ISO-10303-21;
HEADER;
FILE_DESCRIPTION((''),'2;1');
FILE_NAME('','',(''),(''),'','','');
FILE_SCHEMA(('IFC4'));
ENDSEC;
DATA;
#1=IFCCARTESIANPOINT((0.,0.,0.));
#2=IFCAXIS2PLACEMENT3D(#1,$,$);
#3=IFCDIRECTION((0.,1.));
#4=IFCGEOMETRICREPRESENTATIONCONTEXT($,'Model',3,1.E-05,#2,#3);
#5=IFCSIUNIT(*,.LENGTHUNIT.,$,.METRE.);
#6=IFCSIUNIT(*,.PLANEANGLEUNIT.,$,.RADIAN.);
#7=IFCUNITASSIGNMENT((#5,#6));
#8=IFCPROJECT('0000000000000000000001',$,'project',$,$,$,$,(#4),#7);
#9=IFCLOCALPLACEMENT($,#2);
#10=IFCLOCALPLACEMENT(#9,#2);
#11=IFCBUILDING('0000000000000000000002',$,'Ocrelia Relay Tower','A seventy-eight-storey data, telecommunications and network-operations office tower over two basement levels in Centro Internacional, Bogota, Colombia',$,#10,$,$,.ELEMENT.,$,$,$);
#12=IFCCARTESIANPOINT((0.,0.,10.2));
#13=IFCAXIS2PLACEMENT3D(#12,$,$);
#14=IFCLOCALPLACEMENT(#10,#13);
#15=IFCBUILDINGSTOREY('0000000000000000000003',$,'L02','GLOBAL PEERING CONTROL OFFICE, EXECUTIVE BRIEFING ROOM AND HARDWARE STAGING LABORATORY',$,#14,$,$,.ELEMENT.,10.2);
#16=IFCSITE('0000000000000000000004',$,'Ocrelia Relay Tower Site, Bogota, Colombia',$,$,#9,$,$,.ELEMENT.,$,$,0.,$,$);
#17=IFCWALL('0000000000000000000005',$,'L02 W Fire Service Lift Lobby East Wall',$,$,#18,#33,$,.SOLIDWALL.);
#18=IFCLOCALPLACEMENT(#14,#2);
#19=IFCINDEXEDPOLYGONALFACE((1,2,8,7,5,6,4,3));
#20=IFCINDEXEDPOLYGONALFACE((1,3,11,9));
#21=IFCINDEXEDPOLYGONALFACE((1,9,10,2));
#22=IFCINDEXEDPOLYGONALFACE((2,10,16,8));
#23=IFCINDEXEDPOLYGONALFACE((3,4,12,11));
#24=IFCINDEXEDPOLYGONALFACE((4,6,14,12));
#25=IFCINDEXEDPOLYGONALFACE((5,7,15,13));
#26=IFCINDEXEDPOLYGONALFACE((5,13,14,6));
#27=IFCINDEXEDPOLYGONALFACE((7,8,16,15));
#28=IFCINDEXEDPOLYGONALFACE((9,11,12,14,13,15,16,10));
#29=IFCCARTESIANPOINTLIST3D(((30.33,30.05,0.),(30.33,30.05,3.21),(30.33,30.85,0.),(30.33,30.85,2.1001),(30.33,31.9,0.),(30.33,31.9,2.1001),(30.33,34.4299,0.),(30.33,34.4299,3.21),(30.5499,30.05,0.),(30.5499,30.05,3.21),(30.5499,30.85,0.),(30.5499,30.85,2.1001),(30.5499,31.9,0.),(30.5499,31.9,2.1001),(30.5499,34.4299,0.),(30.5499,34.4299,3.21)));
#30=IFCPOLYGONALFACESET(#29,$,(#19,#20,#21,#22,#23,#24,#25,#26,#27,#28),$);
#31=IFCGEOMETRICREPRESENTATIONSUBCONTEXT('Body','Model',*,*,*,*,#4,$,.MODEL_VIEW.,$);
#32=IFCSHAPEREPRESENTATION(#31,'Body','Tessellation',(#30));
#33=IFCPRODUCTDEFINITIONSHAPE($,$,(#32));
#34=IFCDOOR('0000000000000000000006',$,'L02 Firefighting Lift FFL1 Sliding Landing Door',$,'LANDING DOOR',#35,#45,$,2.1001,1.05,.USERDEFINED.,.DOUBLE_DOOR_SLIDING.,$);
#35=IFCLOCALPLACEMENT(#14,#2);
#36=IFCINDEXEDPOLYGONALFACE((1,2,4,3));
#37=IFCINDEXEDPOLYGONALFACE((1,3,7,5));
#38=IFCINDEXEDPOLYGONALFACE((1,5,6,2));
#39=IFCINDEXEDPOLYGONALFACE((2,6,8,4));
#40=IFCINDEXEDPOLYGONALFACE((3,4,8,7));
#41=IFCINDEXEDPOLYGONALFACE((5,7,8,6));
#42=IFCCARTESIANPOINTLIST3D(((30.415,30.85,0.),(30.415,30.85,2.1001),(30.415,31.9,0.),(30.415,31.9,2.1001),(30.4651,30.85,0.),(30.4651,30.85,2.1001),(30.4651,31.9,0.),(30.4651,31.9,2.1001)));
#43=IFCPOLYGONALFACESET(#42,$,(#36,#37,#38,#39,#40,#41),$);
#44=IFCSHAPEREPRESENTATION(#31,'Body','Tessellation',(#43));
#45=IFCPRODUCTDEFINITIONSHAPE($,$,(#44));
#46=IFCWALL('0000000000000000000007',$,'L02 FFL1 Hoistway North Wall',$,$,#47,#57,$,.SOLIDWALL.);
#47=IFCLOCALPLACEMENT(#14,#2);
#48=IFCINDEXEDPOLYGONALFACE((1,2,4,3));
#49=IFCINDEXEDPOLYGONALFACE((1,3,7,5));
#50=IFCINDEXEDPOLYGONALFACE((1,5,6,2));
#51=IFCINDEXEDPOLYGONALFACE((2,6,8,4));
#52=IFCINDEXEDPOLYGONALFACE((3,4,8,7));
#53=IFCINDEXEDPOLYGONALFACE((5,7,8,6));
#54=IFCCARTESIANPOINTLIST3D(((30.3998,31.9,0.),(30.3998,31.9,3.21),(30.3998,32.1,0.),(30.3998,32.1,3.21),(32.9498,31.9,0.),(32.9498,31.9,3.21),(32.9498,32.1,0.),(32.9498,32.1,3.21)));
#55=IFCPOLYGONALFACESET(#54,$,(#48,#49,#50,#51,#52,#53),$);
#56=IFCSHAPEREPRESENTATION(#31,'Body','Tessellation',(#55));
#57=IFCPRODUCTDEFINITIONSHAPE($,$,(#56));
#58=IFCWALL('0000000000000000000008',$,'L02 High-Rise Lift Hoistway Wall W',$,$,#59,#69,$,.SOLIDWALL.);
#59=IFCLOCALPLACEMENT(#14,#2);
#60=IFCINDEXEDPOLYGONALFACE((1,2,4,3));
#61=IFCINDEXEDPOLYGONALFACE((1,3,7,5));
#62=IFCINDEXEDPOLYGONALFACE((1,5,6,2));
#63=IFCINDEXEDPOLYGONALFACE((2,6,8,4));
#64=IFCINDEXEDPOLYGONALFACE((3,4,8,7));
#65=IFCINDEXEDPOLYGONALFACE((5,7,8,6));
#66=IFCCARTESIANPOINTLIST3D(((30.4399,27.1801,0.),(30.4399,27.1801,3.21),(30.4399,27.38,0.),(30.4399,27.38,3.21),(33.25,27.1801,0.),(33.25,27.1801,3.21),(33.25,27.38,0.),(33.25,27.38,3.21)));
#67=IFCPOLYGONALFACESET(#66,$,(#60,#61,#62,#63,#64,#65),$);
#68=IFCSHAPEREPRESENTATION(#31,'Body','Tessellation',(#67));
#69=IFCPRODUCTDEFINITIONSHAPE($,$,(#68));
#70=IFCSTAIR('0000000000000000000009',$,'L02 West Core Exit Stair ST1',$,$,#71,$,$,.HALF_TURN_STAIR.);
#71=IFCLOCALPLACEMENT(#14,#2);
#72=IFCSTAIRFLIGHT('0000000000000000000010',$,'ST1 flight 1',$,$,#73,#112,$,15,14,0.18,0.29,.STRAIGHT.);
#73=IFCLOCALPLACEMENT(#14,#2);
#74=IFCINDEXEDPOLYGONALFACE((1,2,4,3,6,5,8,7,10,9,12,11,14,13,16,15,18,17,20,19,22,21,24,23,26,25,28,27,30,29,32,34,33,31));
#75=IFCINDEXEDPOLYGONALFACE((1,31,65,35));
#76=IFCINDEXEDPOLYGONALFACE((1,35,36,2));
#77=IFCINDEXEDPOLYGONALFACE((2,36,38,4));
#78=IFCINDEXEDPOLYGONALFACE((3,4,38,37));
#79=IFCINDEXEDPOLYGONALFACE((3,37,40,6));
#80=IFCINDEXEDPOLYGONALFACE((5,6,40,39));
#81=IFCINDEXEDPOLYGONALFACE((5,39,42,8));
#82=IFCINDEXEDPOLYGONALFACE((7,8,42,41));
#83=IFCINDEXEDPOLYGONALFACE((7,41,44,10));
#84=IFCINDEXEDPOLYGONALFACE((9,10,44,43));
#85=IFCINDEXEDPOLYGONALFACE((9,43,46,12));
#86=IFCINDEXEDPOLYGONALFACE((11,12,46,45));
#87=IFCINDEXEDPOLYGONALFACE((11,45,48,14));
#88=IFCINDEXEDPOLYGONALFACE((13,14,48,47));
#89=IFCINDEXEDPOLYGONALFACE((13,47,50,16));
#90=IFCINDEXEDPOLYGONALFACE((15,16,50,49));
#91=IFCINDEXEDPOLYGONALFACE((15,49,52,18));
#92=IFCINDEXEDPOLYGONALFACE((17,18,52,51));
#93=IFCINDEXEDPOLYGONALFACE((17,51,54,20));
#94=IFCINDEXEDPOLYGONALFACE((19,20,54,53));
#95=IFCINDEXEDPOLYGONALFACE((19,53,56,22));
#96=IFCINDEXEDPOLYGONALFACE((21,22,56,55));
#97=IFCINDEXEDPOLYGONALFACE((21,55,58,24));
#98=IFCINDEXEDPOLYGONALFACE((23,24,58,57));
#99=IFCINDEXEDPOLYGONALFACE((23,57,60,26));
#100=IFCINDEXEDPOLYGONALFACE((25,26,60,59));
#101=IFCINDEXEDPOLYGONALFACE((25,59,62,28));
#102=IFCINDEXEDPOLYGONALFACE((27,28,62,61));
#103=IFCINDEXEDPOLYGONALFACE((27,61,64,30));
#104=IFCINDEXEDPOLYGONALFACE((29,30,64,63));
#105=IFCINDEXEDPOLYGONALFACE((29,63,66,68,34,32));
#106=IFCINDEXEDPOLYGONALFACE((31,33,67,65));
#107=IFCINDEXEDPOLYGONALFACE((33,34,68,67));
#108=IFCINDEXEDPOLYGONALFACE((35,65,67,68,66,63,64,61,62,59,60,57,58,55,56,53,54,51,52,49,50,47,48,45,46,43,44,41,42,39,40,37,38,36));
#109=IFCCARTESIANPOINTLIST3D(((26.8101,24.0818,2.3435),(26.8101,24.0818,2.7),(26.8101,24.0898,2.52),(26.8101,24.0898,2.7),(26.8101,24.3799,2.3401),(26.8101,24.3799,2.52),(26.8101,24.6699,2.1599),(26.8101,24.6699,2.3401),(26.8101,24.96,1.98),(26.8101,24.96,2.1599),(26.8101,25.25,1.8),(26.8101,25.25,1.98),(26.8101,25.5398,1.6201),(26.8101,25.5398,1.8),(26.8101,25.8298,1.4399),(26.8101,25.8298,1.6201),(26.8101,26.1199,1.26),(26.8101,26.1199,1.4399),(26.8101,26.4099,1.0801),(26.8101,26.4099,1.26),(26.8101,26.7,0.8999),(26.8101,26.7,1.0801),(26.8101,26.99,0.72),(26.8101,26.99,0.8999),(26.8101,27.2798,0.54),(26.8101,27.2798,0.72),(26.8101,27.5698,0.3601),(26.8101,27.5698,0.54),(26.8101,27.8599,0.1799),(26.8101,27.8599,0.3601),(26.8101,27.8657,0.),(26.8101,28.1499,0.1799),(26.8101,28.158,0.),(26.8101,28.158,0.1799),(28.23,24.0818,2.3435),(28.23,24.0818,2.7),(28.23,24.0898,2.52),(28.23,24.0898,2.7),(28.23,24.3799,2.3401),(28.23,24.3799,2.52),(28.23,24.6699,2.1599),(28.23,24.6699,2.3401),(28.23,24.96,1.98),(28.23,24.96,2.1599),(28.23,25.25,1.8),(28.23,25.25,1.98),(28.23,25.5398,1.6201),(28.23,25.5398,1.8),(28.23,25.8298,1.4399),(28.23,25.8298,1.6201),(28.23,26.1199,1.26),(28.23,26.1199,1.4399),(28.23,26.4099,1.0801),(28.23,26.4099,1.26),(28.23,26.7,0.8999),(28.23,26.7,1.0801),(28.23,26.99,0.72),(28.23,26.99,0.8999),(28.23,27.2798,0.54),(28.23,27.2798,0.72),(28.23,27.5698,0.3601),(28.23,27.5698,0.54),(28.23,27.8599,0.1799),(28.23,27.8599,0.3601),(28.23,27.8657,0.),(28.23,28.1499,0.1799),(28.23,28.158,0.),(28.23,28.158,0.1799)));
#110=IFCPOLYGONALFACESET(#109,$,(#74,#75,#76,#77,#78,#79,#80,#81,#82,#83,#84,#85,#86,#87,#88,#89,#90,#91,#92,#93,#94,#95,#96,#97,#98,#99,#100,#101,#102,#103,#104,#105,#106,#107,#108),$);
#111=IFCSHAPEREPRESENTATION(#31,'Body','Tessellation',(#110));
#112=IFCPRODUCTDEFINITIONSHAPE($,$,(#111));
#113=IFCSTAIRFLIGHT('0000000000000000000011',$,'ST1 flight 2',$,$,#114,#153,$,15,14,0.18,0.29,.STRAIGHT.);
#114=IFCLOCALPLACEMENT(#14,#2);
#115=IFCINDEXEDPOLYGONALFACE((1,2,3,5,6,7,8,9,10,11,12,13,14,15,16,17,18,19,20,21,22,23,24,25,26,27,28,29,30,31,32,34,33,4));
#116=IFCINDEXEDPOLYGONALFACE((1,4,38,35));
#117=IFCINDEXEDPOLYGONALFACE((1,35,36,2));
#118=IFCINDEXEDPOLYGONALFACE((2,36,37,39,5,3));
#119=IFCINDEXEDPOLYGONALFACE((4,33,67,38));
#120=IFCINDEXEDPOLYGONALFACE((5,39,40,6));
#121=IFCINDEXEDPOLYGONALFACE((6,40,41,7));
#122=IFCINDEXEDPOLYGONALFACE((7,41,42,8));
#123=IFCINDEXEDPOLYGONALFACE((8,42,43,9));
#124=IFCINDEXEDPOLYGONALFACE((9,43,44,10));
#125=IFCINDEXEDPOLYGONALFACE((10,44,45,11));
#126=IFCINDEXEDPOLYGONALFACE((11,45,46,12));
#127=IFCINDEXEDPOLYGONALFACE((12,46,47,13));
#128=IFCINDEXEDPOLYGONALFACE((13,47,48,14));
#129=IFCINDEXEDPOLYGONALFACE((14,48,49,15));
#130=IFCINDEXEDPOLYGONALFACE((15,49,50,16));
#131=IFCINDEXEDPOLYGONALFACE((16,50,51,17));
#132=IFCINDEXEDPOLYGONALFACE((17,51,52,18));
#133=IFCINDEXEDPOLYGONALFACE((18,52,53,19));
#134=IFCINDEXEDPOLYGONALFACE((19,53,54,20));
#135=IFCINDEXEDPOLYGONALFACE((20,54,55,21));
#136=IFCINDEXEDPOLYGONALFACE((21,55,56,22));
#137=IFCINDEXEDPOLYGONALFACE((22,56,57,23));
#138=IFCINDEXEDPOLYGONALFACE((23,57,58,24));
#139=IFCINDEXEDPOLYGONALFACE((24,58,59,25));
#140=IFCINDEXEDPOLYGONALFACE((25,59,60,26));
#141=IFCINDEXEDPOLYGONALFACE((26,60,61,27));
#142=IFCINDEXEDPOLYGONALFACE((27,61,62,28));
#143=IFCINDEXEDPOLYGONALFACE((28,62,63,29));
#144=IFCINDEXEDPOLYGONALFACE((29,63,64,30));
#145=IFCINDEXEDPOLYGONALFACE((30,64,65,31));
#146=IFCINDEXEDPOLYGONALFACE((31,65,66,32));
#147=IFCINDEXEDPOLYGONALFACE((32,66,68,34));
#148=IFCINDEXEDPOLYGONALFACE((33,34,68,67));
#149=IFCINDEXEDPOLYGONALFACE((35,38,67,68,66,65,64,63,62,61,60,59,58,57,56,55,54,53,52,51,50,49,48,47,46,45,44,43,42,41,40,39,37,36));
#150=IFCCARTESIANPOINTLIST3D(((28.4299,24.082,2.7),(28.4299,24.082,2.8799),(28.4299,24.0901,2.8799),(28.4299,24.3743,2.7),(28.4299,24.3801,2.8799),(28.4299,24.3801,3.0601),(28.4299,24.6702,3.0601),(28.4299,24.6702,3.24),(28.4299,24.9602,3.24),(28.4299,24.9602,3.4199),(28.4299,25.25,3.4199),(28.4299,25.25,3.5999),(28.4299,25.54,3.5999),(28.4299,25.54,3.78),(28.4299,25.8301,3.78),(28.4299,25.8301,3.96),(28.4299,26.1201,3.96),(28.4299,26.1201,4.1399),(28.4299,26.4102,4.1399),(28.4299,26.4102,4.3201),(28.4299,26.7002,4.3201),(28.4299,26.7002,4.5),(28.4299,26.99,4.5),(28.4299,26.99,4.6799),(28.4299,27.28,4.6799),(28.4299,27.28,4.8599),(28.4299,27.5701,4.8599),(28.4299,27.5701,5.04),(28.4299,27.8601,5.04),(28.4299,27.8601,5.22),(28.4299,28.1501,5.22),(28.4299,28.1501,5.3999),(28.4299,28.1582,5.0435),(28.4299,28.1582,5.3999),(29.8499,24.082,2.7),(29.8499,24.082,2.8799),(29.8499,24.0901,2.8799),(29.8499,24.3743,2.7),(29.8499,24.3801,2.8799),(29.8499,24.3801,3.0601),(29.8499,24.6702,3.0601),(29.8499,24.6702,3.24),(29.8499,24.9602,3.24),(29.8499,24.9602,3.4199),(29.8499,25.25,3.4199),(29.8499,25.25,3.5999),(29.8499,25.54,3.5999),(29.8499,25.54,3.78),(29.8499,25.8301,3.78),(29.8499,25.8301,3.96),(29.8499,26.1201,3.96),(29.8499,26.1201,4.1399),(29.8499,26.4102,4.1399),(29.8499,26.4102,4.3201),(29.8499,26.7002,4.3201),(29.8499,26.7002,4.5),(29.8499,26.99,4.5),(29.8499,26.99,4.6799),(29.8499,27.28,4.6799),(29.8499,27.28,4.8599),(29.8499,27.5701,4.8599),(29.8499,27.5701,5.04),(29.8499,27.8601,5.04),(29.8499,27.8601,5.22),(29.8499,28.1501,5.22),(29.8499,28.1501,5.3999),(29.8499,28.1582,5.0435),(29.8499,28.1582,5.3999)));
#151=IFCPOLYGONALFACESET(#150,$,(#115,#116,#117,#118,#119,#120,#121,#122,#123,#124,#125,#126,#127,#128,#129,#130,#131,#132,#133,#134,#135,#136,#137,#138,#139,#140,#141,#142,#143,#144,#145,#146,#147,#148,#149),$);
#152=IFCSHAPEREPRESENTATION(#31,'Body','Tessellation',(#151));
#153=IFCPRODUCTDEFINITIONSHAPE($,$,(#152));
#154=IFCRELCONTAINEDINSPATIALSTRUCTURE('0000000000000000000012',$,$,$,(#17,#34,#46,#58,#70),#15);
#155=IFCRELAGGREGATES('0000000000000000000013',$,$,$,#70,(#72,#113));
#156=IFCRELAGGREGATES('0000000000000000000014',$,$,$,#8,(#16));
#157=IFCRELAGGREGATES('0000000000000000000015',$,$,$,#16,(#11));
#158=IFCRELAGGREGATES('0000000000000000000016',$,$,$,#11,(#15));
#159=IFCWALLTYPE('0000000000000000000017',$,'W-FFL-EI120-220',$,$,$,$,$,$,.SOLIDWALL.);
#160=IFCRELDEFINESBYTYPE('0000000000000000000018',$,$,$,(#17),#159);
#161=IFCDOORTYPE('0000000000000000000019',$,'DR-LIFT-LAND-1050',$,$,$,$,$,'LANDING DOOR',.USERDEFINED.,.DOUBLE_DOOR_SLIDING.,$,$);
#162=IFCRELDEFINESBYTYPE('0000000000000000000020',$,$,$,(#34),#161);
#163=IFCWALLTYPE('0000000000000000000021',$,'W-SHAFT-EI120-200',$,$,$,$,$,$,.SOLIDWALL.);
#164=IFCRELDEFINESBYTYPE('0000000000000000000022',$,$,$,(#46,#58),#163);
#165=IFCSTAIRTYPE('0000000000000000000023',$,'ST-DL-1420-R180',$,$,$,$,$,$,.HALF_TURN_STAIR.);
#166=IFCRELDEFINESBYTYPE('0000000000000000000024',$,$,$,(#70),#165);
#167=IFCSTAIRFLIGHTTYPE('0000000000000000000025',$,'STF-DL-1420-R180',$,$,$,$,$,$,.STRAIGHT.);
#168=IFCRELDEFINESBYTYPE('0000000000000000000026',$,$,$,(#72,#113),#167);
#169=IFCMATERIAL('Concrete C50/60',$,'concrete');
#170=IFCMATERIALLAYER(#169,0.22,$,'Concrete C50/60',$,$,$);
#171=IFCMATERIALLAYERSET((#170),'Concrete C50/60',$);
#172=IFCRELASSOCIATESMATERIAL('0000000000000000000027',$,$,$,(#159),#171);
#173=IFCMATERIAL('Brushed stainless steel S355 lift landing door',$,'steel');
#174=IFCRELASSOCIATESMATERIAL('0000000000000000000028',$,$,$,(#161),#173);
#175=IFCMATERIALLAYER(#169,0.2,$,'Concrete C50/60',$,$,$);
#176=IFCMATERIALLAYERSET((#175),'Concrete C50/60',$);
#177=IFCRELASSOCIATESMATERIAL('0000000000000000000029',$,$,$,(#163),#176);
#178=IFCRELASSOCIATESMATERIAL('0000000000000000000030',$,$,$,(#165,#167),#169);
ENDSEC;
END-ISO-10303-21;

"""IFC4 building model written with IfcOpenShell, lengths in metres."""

from ifc_helpers import new_model, si_unit, direction, frame, frame_2d, origin, place, context, subcontext, project, spatial, polyline, rectangle, outline, extrude, material, layer, layer_set, type_object, element, fill, aggregate, save


model = new_model("IFC4")

# Units and contexts
model_context = context("Model", 3, precision=1e-05, world=origin(), true_north=direction((0.0, 1.0)))
body_context = subcontext(model_context, "Body", "Model", "MODEL_VIEW")
ifc_project = project(units=[si_unit("LENGTHUNIT", "METRE"), si_unit("PLANEANGLEUNIT", "RADIAN")], contexts=[model_context])

# Site, building, storey
site_placement = place(None, origin())
site = spatial("IfcSite", under=ifc_project, at=site_placement, Name="Ocrelia Relay Tower Site, Bogota, Colombia", CompositionType="ELEMENT", RefElevation=0.0)
building_placement = place(site_placement, origin())
building = spatial("IfcBuilding", under=site, at=building_placement, Name="Ocrelia Relay Tower", Description="A seventy-eight-storey data, telecommunications and network-operations office tower over two basement levels in Centro Internacional, Bogota, Colombia", CompositionType="ELEMENT")
storey_placement = place(building_placement, frame((0.0, 0.0, 10.2)))
storey = spatial("IfcBuildingStorey", under=building, at=storey_placement, Name="L02", Description="GLOBAL PEERING CONTROL OFFICE, EXECUTIVE BRIEFING ROOM AND HARDWARE STAGING LABORATORY", CompositionType="ELEMENT", Elevation=10.2)

# Shared definitions
ifc_material_1 = material(Name="Concrete C50/60", Category="concrete")
ifc_layer_1 = layer(ifc_material_1, 0.22, Name="Concrete C50/60")
ifc_layer_set_1 = layer_set([ifc_layer_1], Name="Concrete C50/60")
wall_type_1 = type_object("IfcWallType", Name="W-FFL-EI120-220", PredefinedType="SOLIDWALL", material=ifc_layer_set_1)

# Wall, opening, door
wall_1_placement = place(storey_placement, frame((30.4399, 30.05, 0.0), z_axis=(0.0, 0.0, 1.0), x_axis=(0.0, 1.0, 0.0)))
wall_1 = element("IfcWall", 1, at=wall_1_placement, inside=storey, type_object=wall_type_1, Name="L02 W Fire Service Lift Lobby East Wall", PredefinedType="SOLIDWALL", context=body_context, shape_type="SweptSolid", body=[
    extrude(rectangle(XDim=4.3799, YDim=0.22, at=frame_2d((2.1899, 0.0))), origin(), (0.0, 0.0, 1.0), 3.21),
])
opening_1_placement = place(wall_1_placement, frame((0.8, 0.0, 0.0)))
opening_1 = element("IfcOpeningElement", 2, at=opening_1_placement, cuts=wall_1, PredefinedType="OPENING", context=body_context, shape_type="SweptSolid", body=[
    extrude(rectangle(XDim=1.05, YDim=2.1001, at=frame_2d((0.5249, 1.05))), frame((0.0, 0.1201, 0.0), z_axis=(0.0, -1.0, 0.0), x_axis=(1.0, 0.0, 0.0)), (0.0, 0.0, 1.0), 0.24),
])
ifc_material_2 = material(Name="Brushed stainless steel S355 lift landing door", Category="steel")
door_type_1 = type_object("IfcDoorType", Name="DR-LIFT-LAND-1050", ElementType="LANDING DOOR", OperationType="DOUBLE_DOOR_SLIDING", PredefinedType="USERDEFINED", material=ifc_material_2)
door_1_placement = place(opening_1_placement, origin())
door_1 = element("IfcDoor", 3, at=door_1_placement, inside=storey, type_object=door_type_1, Name="L02 Firefighting Lift FFL1 Sliding Landing Door", ObjectType="LANDING DOOR", OperationType="DOUBLE_DOOR_SLIDING", OverallHeight=2.1001, OverallWidth=1.05, PredefinedType="USERDEFINED", context=body_context, shape_type="SweptSolid", body=[
    extrude(rectangle(XDim=1.05, YDim=2.1001, at=frame_2d((0.5249, 1.05))), frame((0.0, 0.0249, 0.0), z_axis=(0.0, -1.0, 0.0), x_axis=(1.0, 0.0, 0.0)), (0.0, 0.0, 1.0), 0.05),
])
fill(opening_1, door_1)

# Walls
ifc_layer_2 = layer(ifc_material_1, 0.2, Name="Concrete C50/60")
ifc_layer_set_2 = layer_set([ifc_layer_2], Name="Concrete C50/60")
wall_type_2 = type_object("IfcWallType", Name="W-SHAFT-EI120-200", PredefinedType="SOLIDWALL", material=ifc_layer_set_2)
wall_2_placement = place(storey_placement, frame((30.3999, 32.0, 0.0), z_axis=(0.0, 0.0, 1.0), x_axis=(1.0, 0.0, 0.0)))
element("IfcWall", 4, at=wall_2_placement, inside=storey, type_object=wall_type_2, Name="L02 FFL1 Hoistway North Wall", PredefinedType="SOLIDWALL", context=body_context, shape_type="SweptSolid", body=[
    extrude(rectangle(XDim=2.55, YDim=0.2, at=frame_2d((1.2749, 0.0))), origin(), (0.0, 0.0, 1.0), 3.21),
])
wall_3_placement = place(storey_placement, frame((30.4399, 27.28, 0.0), z_axis=(0.0, 0.0, 1.0), x_axis=(1.0, 0.0, 0.0)))
element("IfcWall", 5, at=wall_3_placement, inside=storey, type_object=wall_type_2, Name="L02 High-Rise Lift Hoistway Wall W", PredefinedType="SOLIDWALL", context=body_context, shape_type="SweptSolid", body=[
    extrude(rectangle(XDim=2.8101, YDim=0.2, at=frame_2d((1.405, 0.0))), origin(), (0.0, 0.0, 1.0), 3.21),
])

# Stair, stair flights
stair_type = type_object("IfcStairType", Name="ST-DL-1420-R180", PredefinedType="HALF_TURN_STAIR", material=ifc_material_1)
stair_placement = place(storey_placement, origin())
stair = element("IfcStair", 6, at=stair_placement, inside=storey, type_object=stair_type, Name="L02 West Core Exit Stair ST1", PredefinedType="HALF_TURN_STAIR")
stair_flight_type = type_object("IfcStairFlightType", Name="STF-DL-1420-R180", PredefinedType="STRAIGHT", material=ifc_material_1)
stair_flight_1_placement = place(storey_placement, frame((27.52, 28.1499, 0.0), z_axis=(0.0, 0.0, 1.0), x_axis=(0.0, -1.0, 0.0)))
stair_flight_1 = element("IfcStairFlight", 7, at=stair_flight_1_placement, type_object=stair_flight_type, Name="ST1 flight 1", NumberOfRisers=15, NumberOfTreads=14, PredefinedType="STRAIGHT", RiserHeight=0.18, TreadLength=0.29, context=body_context, shape_type="SweptSolid", body=[
    extrude(outline(polyline([(-0.0081, 0.0), (-0.0081, 0.1799), (0.0, 0.1799), (0.29, 0.1799), (0.29, 0.3601), (0.5801, 0.3601), (0.5801, 0.54), (0.8701, 0.54), (0.8701, 0.72), (1.1599, 0.72), (1.1599, 0.8999), (1.45, 0.8999), (1.45, 1.0801), (1.74, 1.0801), (1.74, 1.26), (2.03, 1.26), (2.03, 1.4399), (2.3201, 1.4399), (2.3201, 1.6201), (2.6101, 1.6201), (2.6101, 1.8), (2.8999, 1.8), (2.8999, 1.98), (3.1899, 1.98), (3.1899, 2.1599), (3.48, 2.1599), (3.48, 2.3401), (3.77, 2.3401), (3.77, 2.52), (4.0601, 2.52), (4.0601, 2.7), (4.0681, 2.7), (4.0681, 2.3435), (0.2842, 0.0), (-0.0081, 0.0)])), frame((0.0, 0.71, 0.0), z_axis=(0.0, -1.0, 0.0), x_axis=(1.0, 0.0, 0.0)), (0.0, 0.0, 1.0), 1.4199),
])
stair_flight_2_placement = place(storey_placement, frame((29.1399, 24.0901, 2.7), z_axis=(0.0, 0.0, 1.0), x_axis=(0.0, 1.0, 0.0)))
stair_flight_2 = element("IfcStairFlight", 8, at=stair_flight_2_placement, type_object=stair_flight_type, Name="ST1 flight 2", NumberOfRisers=15, NumberOfTreads=14, PredefinedType="STRAIGHT", RiserHeight=0.18, TreadLength=0.29, context=body_context, shape_type="SweptSolid", body=[
    extrude(outline(polyline([(-0.0081, 0.0), (-0.0081, 0.1799), (0.0, 0.1799), (0.29, 0.1799), (0.29, 0.3601), (0.5801, 0.3601), (0.5801, 0.54), (0.8701, 0.54), (0.8701, 0.72), (1.1599, 0.72), (1.1599, 0.8999), (1.45, 0.8999), (1.45, 1.0801), (1.74, 1.0801), (1.74, 1.26), (2.03, 1.26), (2.03, 1.4399), (2.3201, 1.4399), (2.3201, 1.6201), (2.6101, 1.6201), (2.6101, 1.8), (2.8999, 1.8), (2.8999, 1.98), (3.1899, 1.98), (3.1899, 2.1599), (3.48, 2.1599), (3.48, 2.3401), (3.77, 2.3401), (3.77, 2.52), (4.0601, 2.52), (4.0601, 2.7), (4.0681, 2.7), (4.0681, 2.3435), (0.2842, 0.0), (-0.0081, 0.0)])), frame((0.0, 0.71, 0.0), z_axis=(0.0, -1.0, 0.0), x_axis=(1.0, 0.0, 0.0)), (0.0, 0.0, 1.0), 1.4199),
])
aggregate(stair, [stair_flight_1, stair_flight_2])

save(model, "model.ifc")
